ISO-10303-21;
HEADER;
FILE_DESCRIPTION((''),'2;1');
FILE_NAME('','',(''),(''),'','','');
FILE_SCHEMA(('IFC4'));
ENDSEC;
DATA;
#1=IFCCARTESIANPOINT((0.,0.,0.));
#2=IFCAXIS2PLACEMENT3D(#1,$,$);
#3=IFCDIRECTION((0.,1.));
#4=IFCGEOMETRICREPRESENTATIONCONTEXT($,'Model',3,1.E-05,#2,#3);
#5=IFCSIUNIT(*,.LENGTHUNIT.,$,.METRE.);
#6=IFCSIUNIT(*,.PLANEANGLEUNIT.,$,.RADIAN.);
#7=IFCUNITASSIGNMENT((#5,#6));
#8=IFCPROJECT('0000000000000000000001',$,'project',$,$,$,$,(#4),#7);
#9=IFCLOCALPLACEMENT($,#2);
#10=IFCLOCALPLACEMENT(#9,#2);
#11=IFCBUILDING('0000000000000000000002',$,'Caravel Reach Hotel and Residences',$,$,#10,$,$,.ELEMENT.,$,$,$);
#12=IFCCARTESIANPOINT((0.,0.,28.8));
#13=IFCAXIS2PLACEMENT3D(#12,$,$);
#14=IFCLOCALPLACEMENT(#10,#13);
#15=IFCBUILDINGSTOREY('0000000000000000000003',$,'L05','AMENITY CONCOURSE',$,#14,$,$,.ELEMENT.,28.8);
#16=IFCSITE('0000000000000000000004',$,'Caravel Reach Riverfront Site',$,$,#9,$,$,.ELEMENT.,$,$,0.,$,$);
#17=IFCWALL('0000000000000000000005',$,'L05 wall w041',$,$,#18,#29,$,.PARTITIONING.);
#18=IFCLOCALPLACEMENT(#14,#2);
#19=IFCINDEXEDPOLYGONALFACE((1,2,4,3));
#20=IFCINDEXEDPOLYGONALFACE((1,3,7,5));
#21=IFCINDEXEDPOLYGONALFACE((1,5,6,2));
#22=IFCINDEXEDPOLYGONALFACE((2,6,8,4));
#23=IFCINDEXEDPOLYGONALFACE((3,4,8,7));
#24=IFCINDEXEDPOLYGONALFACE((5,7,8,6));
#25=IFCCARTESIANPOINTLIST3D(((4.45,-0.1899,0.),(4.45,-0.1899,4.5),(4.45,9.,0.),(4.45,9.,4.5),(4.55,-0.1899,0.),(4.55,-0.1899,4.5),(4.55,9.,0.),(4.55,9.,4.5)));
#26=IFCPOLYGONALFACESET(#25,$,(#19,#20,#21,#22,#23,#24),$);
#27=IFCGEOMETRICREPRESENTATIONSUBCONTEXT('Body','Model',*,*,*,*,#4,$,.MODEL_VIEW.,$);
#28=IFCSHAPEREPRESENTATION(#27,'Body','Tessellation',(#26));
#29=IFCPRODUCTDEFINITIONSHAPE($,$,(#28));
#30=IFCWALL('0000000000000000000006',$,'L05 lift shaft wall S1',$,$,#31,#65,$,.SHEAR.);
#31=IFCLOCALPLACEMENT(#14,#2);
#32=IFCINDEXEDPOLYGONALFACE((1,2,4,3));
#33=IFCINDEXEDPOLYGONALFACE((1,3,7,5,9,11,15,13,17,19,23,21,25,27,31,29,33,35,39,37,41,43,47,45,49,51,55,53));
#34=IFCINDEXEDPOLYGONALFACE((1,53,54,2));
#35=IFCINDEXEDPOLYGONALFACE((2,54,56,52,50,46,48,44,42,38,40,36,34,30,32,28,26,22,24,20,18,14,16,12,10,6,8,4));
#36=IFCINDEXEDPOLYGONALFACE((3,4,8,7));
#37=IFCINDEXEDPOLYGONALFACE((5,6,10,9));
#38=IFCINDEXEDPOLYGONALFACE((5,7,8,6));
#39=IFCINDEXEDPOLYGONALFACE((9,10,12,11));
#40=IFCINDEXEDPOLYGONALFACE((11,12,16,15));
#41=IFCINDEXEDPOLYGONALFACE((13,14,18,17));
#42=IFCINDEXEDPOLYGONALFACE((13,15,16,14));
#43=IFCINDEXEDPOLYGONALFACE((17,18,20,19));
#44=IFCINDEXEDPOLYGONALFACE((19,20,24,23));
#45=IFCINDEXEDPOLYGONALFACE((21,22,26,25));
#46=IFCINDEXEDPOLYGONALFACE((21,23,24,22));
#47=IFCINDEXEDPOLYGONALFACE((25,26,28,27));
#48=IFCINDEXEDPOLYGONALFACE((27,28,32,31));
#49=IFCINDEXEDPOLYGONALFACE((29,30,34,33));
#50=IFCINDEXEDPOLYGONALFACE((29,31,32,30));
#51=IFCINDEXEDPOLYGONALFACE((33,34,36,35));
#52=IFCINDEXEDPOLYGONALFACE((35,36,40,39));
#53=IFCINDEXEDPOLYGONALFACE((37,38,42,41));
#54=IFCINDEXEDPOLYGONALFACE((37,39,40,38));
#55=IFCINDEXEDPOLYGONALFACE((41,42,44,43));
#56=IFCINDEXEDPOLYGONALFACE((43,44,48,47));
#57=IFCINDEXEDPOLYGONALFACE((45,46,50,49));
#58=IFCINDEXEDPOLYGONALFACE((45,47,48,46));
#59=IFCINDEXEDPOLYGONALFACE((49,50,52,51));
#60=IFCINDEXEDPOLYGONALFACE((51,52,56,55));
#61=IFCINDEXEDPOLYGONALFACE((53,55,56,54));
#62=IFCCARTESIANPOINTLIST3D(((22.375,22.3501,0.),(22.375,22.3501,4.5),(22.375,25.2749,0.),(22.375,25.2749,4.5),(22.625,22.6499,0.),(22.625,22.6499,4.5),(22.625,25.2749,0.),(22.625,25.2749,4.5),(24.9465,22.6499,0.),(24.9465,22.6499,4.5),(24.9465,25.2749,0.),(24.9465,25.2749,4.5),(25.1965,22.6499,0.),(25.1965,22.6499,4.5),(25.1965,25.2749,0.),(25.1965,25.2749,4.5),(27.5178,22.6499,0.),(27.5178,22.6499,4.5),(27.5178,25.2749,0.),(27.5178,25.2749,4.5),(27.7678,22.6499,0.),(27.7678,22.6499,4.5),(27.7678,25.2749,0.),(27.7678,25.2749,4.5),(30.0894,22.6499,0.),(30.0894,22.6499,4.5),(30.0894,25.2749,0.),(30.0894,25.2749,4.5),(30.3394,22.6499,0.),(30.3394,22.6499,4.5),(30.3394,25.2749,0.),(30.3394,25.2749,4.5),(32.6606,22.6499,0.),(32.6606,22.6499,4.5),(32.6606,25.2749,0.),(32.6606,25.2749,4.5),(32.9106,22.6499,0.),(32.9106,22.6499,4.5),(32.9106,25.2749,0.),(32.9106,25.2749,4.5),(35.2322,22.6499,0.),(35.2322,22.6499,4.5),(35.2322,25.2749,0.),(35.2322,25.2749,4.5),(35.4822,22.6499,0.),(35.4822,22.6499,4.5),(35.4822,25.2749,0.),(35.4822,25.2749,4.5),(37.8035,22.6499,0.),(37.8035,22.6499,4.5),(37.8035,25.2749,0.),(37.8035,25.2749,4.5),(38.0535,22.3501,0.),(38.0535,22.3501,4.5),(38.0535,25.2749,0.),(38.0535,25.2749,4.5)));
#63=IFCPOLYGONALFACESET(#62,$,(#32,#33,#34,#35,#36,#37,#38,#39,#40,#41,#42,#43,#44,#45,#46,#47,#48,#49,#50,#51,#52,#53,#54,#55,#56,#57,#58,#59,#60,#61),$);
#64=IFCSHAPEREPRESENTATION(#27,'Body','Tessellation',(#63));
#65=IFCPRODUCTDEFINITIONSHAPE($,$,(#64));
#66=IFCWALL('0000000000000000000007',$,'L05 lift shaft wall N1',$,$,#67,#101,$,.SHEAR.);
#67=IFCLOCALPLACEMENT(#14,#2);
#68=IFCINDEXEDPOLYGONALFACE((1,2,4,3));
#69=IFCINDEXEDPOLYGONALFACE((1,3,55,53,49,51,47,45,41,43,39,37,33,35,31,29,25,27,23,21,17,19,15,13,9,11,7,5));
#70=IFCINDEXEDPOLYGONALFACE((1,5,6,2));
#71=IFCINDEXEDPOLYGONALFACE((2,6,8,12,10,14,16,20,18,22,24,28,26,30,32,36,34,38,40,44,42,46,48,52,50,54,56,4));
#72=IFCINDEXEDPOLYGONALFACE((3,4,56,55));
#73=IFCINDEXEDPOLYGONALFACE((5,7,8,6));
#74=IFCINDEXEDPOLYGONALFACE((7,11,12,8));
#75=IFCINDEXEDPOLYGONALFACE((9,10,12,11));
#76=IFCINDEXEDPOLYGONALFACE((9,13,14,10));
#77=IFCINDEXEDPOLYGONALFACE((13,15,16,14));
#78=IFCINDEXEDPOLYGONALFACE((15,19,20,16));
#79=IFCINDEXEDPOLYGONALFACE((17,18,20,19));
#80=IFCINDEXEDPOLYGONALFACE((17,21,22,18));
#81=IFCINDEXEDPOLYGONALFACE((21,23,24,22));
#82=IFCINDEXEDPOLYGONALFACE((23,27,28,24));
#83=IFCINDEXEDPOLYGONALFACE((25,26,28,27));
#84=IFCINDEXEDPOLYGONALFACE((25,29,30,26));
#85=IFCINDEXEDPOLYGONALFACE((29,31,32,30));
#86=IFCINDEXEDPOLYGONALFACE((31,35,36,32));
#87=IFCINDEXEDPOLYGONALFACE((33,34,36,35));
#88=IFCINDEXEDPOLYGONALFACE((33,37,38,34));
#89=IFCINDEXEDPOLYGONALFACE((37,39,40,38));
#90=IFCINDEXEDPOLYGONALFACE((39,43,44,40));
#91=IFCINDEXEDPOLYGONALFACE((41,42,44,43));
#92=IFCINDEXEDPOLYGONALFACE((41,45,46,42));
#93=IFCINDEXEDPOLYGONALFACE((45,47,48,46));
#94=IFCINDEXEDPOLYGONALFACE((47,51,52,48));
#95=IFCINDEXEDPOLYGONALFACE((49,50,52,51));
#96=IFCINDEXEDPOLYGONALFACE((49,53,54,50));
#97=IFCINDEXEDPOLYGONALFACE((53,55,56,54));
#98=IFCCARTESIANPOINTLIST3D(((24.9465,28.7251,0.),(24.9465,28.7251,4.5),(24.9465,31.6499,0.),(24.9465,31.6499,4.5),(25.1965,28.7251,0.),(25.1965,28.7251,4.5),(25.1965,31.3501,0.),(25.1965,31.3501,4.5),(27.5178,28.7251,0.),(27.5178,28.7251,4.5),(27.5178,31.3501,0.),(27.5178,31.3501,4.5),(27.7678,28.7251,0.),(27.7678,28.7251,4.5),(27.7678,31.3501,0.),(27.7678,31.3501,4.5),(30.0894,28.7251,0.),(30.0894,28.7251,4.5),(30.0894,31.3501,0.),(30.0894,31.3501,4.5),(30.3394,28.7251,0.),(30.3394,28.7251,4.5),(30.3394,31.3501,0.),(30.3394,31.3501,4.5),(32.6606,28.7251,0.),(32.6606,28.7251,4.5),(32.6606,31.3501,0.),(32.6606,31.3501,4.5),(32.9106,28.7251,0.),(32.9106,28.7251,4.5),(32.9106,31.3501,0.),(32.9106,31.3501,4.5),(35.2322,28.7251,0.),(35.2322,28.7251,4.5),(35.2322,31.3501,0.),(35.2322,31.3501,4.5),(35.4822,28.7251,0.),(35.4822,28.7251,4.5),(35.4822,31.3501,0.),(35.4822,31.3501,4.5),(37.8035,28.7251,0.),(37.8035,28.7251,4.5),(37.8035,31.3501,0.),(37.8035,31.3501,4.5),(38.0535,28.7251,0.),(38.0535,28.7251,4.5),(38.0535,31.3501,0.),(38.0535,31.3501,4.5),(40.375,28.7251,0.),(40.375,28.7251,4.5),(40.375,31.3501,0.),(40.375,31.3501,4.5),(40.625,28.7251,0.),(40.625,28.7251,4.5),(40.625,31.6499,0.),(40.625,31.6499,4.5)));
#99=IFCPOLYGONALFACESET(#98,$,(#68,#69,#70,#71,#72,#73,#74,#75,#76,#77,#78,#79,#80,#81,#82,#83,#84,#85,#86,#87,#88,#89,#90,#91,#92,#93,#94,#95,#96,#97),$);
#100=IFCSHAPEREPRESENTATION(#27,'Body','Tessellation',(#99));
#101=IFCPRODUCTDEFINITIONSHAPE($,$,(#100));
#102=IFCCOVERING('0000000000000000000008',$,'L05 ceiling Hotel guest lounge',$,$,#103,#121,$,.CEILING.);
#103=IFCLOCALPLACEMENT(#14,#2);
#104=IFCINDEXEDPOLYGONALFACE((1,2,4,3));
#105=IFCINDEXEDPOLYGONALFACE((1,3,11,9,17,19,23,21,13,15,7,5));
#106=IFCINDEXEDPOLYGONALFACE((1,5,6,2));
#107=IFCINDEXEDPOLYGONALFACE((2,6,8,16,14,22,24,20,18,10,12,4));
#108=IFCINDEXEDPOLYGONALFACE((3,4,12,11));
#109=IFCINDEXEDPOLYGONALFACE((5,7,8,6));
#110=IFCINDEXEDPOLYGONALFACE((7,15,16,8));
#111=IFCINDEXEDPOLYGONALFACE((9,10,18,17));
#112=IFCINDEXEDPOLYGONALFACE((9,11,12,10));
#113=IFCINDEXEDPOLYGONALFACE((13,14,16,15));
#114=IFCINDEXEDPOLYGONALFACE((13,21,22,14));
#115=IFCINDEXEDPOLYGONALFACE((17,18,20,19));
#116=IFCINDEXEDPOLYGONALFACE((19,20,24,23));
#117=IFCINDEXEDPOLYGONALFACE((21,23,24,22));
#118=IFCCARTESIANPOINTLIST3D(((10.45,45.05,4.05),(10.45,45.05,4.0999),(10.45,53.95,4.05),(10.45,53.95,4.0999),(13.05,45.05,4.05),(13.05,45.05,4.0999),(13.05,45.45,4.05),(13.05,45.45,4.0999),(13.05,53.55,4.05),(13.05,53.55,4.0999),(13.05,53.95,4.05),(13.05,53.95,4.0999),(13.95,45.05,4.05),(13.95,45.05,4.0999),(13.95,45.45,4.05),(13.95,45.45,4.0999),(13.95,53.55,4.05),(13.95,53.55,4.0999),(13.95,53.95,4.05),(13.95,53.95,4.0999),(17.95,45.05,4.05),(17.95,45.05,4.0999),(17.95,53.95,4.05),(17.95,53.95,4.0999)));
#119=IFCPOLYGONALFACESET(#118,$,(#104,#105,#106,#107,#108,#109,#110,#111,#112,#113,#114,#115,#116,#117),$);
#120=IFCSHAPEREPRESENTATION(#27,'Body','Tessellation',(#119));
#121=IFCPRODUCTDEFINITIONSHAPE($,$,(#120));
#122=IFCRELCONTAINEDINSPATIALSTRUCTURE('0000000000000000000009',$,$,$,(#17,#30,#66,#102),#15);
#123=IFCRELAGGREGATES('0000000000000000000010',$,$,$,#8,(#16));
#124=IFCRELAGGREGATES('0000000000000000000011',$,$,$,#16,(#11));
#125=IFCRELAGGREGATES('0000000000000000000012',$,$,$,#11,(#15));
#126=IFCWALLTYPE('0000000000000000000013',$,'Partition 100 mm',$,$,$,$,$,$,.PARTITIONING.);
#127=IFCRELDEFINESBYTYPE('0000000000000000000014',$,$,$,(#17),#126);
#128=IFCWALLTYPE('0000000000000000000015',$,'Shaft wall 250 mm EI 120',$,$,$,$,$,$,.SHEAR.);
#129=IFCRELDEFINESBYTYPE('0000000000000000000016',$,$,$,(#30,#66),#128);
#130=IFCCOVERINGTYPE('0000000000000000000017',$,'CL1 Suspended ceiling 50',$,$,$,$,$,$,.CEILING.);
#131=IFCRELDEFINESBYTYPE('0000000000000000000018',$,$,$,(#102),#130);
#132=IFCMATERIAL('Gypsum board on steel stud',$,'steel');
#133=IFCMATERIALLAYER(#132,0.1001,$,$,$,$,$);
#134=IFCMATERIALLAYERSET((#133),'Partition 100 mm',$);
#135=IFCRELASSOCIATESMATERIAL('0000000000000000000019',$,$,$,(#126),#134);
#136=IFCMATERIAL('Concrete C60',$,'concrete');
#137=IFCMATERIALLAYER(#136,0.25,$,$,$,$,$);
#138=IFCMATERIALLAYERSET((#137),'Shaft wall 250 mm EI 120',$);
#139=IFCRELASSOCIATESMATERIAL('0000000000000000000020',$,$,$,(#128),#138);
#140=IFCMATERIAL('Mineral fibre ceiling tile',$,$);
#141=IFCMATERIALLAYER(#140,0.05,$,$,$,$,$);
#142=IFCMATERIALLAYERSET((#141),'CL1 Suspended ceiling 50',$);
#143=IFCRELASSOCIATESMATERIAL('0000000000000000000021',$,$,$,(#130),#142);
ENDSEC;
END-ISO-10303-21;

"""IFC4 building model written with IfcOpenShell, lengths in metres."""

from ifc_helpers import new_model, si_unit, direction, frame, frame_2d, origin, place, context, subcontext, project, spatial, polyline, rectangle, outline, extrude, material, layer, layer_set, type_object, element, save


model = new_model("IFC4")

# Units and contexts
model_context = context("Model", 3, precision=1e-05, world=origin(), true_north=direction((0.0, 1.0)))
body_context = subcontext(model_context, "Body", "Model", "MODEL_VIEW")
ifc_project = project(units=[si_unit("LENGTHUNIT", "METRE"), si_unit("PLANEANGLEUNIT", "RADIAN")], contexts=[model_context])

# Site, building, storey
site_placement = place(None, origin())
site = spatial("IfcSite", under=ifc_project, at=site_placement, Name="Caravel Reach Riverfront Site", CompositionType="ELEMENT", RefElevation=0.0)
building_placement = place(site_placement, origin())
building = spatial("IfcBuilding", under=site, at=building_placement, Name="Caravel Reach Hotel and Residences", CompositionType="ELEMENT")
storey_placement = place(building_placement, frame((0.0, 0.0, 28.8)))
storey = spatial("IfcBuildingStorey", under=building, at=storey_placement, Name="L05", Description="AMENITY CONCOURSE", CompositionType="ELEMENT", Elevation=28.8)

# Walls
ifc_material_1 = material(Name="Gypsum board on steel stud", Category="steel")
ifc_layer_1 = layer(ifc_material_1, 0.1001)
ifc_layer_set_1 = layer_set([ifc_layer_1], Name="Partition 100 mm")
wall_type_1 = type_object("IfcWallType", Name="Partition 100 mm", PredefinedType="PARTITIONING", material=ifc_layer_set_1)
wall_1_placement = place(storey_placement, frame((4.5, -0.1899, 0.0), z_axis=(0.0, 0.0, 1.0), x_axis=(0.0, 1.0, 0.0)))
element("IfcWall", 1, at=wall_1_placement, inside=storey, type_object=wall_type_1, Name="L05 wall w041", PredefinedType="PARTITIONING", context=body_context, shape_type="SweptSolid", body=[
    extrude(rectangle(XDim=9.1899, YDim=0.1001, at=frame_2d((4.595, 0.0))), origin(), (0.0, 0.0, 1.0), 4.5),
])
ifc_material_2 = material(Name="Concrete C60", Category="concrete")
ifc_layer_2 = layer(ifc_material_2, 0.25)
ifc_layer_set_2 = layer_set([ifc_layer_2], Name="Shaft wall 250 mm EI 120")
wall_type_2 = type_object("IfcWallType", Name="Shaft wall 250 mm EI 120", PredefinedType="SHEAR", material=ifc_layer_set_2)
wall_2_placement = place(storey_placement, origin())
element("IfcWall", 2, at=wall_2_placement, inside=storey, type_object=wall_type_2, Name="L05 lift shaft wall S1", PredefinedType="SHEAR", context=body_context, shape_type="SweptSolid", body=[
    extrude(outline(polyline([(22.375, 22.3501), (38.0535, 22.3501), (38.0535, 25.2749), (37.8035, 25.2749), (37.8035, 22.6499), (35.4822, 22.6499), (35.4822, 25.2749), (35.2322, 25.2749), (35.2322, 22.6499), (32.9106, 22.6499), (32.9106, 25.2749), (32.6606, 25.2749), (32.6606, 22.6499), (30.3394, 22.6499), (30.3394, 25.2749), (30.0894, 25.2749), (30.0894, 22.6499), (27.7678, 22.6499), (27.7678, 25.2749), (27.5178, 25.2749), (27.5178, 22.6499), (25.1965, 22.6499), (25.1965, 25.2749), (24.9465, 25.2749), (24.9465, 22.6499), (22.625, 22.6499), (22.625, 25.2749), (22.375, 25.2749), (22.375, 22.3501)])), origin(), (0.0, 0.0, 1.0), 4.5),
])
wall_3_placement = place(storey_placement, origin())
element("IfcWall", 3, at=wall_3_placement, inside=storey, type_object=wall_type_2, Name="L05 lift shaft wall N1", PredefinedType="SHEAR", context=body_context, shape_type="SweptSolid", body=[
    extrude(outline(polyline([(24.9465, 28.7251), (25.1965, 28.7251), (25.1965, 31.3501), (27.5178, 31.3501), (27.5178, 28.7251), (27.7678, 28.7251), (27.7678, 31.3501), (30.0894, 31.3501), (30.0894, 28.7251), (30.3394, 28.7251), (30.3394, 31.3501), (32.6606, 31.3501), (32.6606, 28.7251), (32.9106, 28.7251), (32.9106, 31.3501), (35.2322, 31.3501), (35.2322, 28.7251), (35.4822, 28.7251), (35.4822, 31.3501), (37.8035, 31.3501), (37.8035, 28.7251), (38.0535, 28.7251), (38.0535, 31.3501), (40.375, 31.3501), (40.375, 28.7251), (40.625, 28.7251), (40.625, 31.6499), (24.9465, 31.6499), (24.9465, 28.7251)])), origin(), (0.0, 0.0, 1.0), 4.5),
])

# Covering
ifc_material_3 = material(Name="Mineral fibre ceiling tile")
ifc_layer_3 = layer(ifc_material_3, 0.05)
ifc_layer_set_3 = layer_set([ifc_layer_3], Name="CL1 Suspended ceiling 50")
covering_type = type_object("IfcCoveringType", Name="CL1 Suspended ceiling 50", PredefinedType="CEILING", material=ifc_layer_set_3)
covering_placement = place(storey_placement, frame((0.0, 0.0, 4.05)))
element("IfcCovering", 4, at=covering_placement, inside=storey, type_object=covering_type, Name="L05 ceiling Hotel guest lounge", PredefinedType="CEILING", context=body_context, shape_type="SweptSolid", body=[
    extrude(outline(polyline([(13.05, 45.05), (13.05, 45.45), (13.95, 45.45), (13.95, 45.05), (17.95, 45.05), (17.95, 53.95), (13.95, 53.95), (13.95, 53.55), (13.05, 53.55), (13.05, 53.95), (10.45, 53.95), (10.45, 45.05), (13.05, 45.05)])), origin(), (0.0, 0.0, 1.0), 0.0498),
])

save(model, "model.ifc")
